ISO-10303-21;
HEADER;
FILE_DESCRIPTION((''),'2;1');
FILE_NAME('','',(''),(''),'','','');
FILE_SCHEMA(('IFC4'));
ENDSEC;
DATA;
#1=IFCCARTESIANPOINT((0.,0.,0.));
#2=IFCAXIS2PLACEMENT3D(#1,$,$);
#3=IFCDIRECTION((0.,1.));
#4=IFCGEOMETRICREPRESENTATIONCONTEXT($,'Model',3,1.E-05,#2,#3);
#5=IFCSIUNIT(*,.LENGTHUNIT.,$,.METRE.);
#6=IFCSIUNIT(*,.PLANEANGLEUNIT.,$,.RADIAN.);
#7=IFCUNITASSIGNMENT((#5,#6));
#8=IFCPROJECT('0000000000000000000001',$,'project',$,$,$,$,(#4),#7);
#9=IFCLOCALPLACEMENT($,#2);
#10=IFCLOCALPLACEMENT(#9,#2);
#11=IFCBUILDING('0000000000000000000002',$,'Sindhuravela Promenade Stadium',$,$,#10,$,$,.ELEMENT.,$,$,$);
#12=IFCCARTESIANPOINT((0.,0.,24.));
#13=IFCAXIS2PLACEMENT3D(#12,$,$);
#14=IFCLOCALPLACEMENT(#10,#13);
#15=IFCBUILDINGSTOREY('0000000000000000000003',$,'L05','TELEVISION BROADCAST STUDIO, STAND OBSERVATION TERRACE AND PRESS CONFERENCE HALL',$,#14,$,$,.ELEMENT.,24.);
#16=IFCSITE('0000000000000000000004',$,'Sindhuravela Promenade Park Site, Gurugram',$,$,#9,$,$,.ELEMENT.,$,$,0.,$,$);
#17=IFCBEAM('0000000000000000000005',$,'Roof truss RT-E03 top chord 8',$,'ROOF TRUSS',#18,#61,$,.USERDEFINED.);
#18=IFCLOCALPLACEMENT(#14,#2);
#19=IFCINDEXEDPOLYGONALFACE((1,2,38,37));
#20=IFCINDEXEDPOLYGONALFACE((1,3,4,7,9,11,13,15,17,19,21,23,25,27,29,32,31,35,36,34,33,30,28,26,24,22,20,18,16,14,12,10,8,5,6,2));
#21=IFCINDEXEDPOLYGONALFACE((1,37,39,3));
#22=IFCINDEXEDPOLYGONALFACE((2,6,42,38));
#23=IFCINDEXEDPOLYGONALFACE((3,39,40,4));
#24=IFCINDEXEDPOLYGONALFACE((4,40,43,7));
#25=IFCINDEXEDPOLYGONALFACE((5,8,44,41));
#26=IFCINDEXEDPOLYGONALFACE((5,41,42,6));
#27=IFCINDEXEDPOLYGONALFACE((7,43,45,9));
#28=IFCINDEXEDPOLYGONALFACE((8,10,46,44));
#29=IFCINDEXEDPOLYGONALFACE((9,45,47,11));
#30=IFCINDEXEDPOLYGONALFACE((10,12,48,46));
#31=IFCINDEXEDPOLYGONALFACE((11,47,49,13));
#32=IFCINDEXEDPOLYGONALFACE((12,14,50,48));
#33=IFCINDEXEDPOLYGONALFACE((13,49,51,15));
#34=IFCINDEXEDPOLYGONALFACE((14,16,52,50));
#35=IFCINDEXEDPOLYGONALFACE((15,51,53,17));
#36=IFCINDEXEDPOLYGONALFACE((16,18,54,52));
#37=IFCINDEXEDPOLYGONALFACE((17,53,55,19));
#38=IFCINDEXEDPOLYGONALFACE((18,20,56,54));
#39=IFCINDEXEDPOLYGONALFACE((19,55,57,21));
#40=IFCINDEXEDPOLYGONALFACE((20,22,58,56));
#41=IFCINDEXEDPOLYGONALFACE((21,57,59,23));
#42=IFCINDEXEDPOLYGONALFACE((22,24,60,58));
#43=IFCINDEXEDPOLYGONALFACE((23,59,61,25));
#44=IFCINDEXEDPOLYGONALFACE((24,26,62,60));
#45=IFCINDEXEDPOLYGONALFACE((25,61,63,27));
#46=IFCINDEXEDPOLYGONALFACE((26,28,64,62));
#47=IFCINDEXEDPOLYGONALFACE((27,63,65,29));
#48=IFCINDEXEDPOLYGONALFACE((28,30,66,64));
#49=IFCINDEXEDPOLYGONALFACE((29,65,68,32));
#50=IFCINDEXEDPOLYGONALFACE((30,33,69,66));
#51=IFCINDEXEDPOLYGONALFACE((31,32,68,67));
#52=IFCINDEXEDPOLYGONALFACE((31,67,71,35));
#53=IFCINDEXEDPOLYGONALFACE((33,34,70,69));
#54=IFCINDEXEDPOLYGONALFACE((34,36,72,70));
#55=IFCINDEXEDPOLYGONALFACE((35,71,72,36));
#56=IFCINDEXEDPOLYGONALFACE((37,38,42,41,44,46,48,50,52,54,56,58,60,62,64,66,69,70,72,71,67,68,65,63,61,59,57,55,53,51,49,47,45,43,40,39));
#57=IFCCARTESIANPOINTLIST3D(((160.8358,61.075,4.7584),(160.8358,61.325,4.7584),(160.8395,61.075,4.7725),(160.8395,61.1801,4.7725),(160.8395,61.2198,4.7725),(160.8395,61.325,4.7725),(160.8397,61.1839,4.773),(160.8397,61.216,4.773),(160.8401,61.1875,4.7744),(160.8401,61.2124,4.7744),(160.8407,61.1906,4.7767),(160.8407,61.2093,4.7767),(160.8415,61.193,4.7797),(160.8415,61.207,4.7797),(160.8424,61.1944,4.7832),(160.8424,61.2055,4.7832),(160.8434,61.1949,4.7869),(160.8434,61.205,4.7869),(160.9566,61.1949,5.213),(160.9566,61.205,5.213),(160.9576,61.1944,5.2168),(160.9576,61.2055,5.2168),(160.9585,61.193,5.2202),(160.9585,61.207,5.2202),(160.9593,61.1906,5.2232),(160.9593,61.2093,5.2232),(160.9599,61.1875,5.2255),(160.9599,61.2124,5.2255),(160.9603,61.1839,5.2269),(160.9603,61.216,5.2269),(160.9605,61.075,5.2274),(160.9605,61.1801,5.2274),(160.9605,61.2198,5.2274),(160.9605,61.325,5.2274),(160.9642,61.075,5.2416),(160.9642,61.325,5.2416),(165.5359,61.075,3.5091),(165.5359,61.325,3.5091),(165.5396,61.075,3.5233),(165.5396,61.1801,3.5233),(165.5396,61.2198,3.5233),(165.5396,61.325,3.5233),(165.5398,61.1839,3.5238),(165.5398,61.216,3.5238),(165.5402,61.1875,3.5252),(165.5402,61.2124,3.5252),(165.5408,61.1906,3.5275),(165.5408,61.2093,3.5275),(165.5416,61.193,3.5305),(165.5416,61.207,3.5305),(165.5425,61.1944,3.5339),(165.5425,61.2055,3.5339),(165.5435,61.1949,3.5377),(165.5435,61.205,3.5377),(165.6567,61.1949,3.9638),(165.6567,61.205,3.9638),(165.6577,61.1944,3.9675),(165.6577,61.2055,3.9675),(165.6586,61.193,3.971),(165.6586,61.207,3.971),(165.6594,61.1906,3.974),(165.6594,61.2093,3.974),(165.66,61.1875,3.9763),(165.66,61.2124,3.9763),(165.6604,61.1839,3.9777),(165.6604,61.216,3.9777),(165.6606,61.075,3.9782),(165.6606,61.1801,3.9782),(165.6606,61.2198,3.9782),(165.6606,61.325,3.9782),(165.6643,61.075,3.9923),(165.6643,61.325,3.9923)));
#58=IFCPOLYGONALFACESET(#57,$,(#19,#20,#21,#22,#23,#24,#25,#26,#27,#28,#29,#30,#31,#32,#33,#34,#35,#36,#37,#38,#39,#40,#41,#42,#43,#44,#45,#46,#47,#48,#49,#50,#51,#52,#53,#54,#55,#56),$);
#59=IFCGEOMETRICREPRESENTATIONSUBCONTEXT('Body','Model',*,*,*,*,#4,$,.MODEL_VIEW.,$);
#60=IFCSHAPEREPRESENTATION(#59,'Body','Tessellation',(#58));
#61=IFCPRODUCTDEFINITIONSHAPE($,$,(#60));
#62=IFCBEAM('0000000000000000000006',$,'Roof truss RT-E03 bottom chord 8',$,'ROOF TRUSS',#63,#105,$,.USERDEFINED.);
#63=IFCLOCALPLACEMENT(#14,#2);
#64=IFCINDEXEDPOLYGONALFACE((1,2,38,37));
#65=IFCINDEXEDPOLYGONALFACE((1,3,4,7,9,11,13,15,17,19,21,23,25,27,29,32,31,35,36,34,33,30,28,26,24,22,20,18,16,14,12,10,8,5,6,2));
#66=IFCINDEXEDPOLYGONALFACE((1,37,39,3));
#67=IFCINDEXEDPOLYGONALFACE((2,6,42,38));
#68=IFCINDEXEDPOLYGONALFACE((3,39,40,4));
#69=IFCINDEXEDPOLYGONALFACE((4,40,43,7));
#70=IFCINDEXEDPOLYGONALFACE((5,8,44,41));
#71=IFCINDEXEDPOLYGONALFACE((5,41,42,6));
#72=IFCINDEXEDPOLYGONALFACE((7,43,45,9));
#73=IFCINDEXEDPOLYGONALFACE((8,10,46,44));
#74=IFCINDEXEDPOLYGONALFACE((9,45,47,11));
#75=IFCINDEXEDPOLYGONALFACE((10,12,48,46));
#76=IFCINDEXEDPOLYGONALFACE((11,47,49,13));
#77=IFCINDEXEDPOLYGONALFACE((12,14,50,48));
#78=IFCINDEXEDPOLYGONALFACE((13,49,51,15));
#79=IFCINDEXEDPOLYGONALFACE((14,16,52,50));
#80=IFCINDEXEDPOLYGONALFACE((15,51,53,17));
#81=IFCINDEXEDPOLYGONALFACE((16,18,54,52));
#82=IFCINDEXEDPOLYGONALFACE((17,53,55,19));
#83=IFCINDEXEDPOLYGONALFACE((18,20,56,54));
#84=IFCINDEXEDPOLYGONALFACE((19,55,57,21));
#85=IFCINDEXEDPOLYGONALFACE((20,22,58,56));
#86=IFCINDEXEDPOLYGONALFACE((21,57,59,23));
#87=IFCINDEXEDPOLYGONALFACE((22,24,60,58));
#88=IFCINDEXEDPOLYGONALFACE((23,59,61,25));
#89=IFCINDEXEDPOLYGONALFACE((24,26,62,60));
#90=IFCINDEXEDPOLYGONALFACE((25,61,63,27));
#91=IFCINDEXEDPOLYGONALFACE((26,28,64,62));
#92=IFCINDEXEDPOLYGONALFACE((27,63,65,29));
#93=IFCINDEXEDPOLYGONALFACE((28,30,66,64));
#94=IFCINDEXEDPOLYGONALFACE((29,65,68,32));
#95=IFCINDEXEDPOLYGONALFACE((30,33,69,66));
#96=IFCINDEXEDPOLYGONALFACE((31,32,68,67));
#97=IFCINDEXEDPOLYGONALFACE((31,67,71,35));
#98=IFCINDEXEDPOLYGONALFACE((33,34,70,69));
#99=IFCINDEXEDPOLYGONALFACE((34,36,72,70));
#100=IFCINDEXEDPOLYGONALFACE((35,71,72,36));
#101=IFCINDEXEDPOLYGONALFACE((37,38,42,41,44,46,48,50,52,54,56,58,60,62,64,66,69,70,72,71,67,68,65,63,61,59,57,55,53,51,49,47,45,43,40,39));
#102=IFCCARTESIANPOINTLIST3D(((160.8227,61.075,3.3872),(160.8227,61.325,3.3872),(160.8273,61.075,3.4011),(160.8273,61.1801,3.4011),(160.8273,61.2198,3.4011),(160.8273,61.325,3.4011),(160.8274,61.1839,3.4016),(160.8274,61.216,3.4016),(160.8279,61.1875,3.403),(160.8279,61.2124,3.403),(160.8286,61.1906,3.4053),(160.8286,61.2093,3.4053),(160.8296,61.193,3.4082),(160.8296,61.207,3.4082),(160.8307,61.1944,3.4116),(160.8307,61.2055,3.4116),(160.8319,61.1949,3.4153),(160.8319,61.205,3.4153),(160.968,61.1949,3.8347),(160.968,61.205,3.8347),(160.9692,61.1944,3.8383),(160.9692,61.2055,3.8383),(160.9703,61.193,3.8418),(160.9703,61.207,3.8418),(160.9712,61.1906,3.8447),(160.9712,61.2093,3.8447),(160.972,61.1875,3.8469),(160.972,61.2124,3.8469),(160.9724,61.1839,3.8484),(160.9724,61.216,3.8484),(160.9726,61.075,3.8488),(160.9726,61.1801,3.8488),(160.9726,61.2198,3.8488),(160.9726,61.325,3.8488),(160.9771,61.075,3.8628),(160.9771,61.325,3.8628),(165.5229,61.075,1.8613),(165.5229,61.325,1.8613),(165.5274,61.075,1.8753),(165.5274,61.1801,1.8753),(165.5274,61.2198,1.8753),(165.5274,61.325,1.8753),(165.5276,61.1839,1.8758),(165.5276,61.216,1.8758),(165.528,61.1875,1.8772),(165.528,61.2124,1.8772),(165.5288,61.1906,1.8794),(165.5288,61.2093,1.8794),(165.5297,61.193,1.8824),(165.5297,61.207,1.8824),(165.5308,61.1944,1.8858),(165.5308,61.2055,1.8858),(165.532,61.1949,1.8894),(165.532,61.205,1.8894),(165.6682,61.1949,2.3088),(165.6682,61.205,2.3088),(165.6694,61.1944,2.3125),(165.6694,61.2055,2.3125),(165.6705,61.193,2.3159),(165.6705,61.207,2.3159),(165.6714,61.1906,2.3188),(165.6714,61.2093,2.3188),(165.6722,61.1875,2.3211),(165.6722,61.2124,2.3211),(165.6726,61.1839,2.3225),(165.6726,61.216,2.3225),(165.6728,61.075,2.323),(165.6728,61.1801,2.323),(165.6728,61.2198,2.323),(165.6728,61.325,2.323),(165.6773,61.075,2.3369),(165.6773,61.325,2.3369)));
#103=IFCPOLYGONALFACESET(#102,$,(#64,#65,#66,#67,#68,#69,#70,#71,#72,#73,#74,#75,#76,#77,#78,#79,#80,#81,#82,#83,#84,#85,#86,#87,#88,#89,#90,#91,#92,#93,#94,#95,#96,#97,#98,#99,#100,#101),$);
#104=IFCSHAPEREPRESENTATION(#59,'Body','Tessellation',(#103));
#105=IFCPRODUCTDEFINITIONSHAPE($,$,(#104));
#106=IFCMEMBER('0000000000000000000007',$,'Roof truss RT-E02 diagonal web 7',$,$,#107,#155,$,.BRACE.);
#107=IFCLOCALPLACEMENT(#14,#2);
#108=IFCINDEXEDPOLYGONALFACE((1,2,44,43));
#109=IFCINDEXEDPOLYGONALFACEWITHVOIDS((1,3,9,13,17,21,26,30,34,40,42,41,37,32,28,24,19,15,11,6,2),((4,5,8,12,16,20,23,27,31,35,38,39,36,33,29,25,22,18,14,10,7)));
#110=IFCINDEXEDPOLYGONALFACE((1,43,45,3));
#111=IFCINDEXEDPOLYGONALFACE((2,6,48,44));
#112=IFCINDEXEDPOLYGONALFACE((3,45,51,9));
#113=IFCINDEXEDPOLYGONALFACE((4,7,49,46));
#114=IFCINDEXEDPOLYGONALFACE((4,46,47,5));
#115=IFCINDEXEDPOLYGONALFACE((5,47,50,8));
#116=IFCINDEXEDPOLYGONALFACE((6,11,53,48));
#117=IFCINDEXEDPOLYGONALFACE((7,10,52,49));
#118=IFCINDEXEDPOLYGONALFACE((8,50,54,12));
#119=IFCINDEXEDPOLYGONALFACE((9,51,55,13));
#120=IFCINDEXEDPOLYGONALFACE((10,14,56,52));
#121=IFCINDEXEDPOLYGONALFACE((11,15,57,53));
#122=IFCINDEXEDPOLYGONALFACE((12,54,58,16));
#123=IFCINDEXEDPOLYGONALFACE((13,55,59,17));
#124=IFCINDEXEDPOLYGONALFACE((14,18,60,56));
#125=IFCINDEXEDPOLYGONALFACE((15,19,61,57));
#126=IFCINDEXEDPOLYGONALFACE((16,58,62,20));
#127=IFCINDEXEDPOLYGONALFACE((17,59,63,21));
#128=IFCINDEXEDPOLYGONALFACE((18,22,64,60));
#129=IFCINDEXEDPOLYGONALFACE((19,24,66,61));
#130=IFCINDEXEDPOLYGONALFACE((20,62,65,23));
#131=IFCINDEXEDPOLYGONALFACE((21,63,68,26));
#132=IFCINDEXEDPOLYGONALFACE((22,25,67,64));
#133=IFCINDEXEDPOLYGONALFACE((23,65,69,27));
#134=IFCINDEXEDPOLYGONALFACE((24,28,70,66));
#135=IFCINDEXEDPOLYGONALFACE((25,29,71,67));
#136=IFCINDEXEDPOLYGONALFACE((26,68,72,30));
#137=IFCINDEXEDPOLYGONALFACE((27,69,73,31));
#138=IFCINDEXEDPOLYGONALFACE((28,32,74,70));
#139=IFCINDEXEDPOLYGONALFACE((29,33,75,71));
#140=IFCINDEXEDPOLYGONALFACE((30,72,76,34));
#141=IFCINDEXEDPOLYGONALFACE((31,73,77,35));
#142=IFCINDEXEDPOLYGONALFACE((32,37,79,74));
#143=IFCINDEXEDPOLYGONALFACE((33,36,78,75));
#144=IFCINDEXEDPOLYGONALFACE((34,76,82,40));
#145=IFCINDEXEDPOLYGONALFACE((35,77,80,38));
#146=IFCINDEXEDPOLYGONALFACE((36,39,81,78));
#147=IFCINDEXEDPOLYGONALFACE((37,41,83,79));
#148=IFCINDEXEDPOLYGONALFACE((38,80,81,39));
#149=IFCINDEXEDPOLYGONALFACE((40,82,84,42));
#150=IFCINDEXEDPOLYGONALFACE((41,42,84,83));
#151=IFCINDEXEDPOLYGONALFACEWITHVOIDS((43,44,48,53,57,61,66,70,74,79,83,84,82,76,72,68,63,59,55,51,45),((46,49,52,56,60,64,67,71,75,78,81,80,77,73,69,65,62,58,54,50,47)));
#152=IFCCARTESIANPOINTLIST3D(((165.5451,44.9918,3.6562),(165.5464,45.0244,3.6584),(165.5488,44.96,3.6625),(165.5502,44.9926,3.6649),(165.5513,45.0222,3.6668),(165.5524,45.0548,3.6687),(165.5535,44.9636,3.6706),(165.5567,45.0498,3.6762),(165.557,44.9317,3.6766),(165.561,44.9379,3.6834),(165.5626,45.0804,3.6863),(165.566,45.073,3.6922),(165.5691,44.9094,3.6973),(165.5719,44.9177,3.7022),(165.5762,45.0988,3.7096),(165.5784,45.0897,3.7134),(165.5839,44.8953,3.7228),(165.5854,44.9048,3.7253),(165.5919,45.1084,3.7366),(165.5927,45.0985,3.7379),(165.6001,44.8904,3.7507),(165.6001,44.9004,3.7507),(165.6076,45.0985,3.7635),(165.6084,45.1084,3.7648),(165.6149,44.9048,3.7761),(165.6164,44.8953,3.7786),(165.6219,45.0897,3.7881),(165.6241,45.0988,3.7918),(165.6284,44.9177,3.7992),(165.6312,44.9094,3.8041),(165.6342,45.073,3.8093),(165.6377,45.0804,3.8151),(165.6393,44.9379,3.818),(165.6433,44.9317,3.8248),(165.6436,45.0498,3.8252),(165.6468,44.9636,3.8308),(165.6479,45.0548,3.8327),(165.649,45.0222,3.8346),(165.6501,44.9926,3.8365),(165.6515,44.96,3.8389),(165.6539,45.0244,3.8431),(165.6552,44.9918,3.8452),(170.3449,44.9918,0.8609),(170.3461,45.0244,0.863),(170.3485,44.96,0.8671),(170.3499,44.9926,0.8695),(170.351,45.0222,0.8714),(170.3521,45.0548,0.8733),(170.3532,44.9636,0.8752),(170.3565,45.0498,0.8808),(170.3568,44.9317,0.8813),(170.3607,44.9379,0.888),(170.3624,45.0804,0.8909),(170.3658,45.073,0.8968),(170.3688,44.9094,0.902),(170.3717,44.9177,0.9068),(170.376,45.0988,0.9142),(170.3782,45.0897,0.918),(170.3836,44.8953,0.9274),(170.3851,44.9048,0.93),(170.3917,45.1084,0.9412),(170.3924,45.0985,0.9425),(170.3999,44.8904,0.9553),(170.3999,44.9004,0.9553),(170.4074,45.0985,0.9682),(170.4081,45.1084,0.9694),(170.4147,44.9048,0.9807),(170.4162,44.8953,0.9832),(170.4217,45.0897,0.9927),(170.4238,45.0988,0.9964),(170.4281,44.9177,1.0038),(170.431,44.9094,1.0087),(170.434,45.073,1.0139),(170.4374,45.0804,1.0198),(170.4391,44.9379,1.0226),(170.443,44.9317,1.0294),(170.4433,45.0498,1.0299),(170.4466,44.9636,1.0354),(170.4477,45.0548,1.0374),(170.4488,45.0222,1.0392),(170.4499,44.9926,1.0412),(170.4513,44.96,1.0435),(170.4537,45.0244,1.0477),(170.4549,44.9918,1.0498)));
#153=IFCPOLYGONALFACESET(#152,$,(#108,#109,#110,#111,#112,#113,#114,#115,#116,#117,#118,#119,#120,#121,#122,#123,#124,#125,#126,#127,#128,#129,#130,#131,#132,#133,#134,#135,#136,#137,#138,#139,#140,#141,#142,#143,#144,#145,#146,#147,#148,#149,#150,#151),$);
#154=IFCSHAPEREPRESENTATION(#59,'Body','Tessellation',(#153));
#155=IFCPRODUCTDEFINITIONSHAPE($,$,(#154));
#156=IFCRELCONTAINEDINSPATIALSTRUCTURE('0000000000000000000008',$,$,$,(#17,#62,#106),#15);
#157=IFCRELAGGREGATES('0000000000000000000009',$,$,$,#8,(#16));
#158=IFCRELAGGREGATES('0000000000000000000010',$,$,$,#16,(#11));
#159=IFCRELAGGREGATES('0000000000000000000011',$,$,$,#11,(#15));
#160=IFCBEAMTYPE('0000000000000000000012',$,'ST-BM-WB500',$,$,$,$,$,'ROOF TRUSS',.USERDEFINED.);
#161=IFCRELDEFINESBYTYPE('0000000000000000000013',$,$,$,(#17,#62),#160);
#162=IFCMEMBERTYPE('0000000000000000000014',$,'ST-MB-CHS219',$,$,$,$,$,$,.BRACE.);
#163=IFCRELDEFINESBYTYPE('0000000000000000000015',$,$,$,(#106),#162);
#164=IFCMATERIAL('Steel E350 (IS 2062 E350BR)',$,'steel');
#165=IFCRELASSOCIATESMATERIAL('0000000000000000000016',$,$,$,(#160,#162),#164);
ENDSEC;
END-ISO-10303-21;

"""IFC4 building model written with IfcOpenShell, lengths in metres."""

from ifc_helpers import new_model, si_unit, direction, frame, origin, origin_2d, place, context, subcontext, project, spatial, hollow_circle, i_section, extrude, material, material_profile, profile_set, type_object, element, save


model = new_model("IFC4")

# Units and contexts
model_context = context("Model", 3, precision=1e-05, world=origin(), true_north=direction((0.0, 1.0)))
body_context = subcontext(model_context, "Body", "Model", "MODEL_VIEW")
ifc_project = project(units=[si_unit("LENGTHUNIT", "METRE"), si_unit("PLANEANGLEUNIT", "RADIAN")], contexts=[model_context])

# Site, building, storey
site_placement = place(None, origin())
site = spatial("IfcSite", under=ifc_project, at=site_placement, Name="Sindhuravela Promenade Park Site, Gurugram", CompositionType="ELEMENT", RefElevation=0.0)
building_placement = place(site_placement, origin())
building = spatial("IfcBuilding", under=site, at=building_placement, Name="Sindhuravela Promenade Stadium", CompositionType="ELEMENT")
storey_placement = place(building_placement, frame((0.0, 0.0, 24.0)))
storey = spatial("IfcBuildingStorey", under=building, at=storey_placement, Name="L05", Description="TELEVISION BROADCAST STUDIO, STAND OBSERVATION TERRACE AND PRESS CONFERENCE HALL", CompositionType="ELEMENT", Elevation=24.0)

# Beams
ifc_material_1 = material(Name="Steel E350 (IS 2062 E350BR)", Category="steel")
ifc_material_profile_1 = material_profile(ifc_material_1, i_section(OverallWidth=0.25, OverallDepth=0.5, WebThickness=0.01, FlangeThickness=0.0146, FilletRadius=0.0149, at=origin_2d()), Name="ISWB 500")
ifc_profile_set_1 = profile_set([ifc_material_profile_1], Name="Steel E350 (IS 2062 E350BR)")
beam_type = type_object("IfcBeamType", Name="ST-BM-WB500", ElementType="ROOF TRUSS", PredefinedType="USERDEFINED", material=ifc_profile_set_1)
beam_1_placement = place(storey_placement, frame((165.6001, 61.2, 3.7507), z_axis=(-0.966445, 0.0, 0.256872), x_axis=(0.0, -1.0, 0.0)))
element("IfcBeam", 1, at=beam_1_placement, inside=storey, type_object=beam_type, Name="Roof truss RT-E03 top chord 8", ObjectType="ROOF TRUSS", PredefinedType="USERDEFINED", context=body_context, shape_type="SweptSolid", body=[
    extrude(i_section(OverallWidth=0.25, OverallDepth=0.5, WebThickness=0.01, FlangeThickness=0.0146, FilletRadius=0.0149, at=origin_2d()), origin(), (0.0, 0.0, 1.0), 4.8633),
])
beam_2_placement = place(storey_placement, frame((165.6001, 61.2, 2.0991), z_axis=(-0.951134, 0.0, 0.308778), x_axis=(0.0, -1.0, 0.0)))
element("IfcBeam", 2, at=beam_2_placement, inside=storey, type_object=beam_type, Name="Roof truss RT-E03 bottom chord 8", ObjectType="ROOF TRUSS", PredefinedType="USERDEFINED", context=body_context, shape_type="SweptSolid", body=[
    extrude(i_section(OverallWidth=0.25, OverallDepth=0.5, WebThickness=0.01, FlangeThickness=0.0146, FilletRadius=0.0149, at=origin_2d()), origin(), (0.0, 0.0, 1.0), 4.9417),
])

# Member
ifc_material_profile_2 = material_profile(ifc_material_1, hollow_circle(Radius=0.1096, WallThickness=0.01, at=origin_2d()), Name="CHS 219.1x10")
ifc_profile_set_2 = profile_set([ifc_material_profile_2], Name="Steel E350 (IS 2062 E350BR)")
member_type_1 = type_object("IfcMemberType", Name="ST-MB-CHS219", PredefinedType="BRACE", material=ifc_profile_set_2)
member_1_placement = place(storey_placement, frame((170.3999, 45.0, 0.9553), z_axis=(-0.864129, 0.0, 0.50327), x_axis=(0.0, -1.0, 0.0)))
element("IfcMember", 3, at=member_1_placement, inside=storey, type_object=member_type_1, Name="Roof truss RT-E02 diagonal web 7", PredefinedType="BRACE", context=body_context, shape_type="SweptSolid", body=[
    extrude(hollow_circle(Radius=0.1096, WallThickness=0.01, at=origin_2d()), origin(), (0.0, 0.0, 1.0), 5.5544),
])

save(model, "model.ifc")
